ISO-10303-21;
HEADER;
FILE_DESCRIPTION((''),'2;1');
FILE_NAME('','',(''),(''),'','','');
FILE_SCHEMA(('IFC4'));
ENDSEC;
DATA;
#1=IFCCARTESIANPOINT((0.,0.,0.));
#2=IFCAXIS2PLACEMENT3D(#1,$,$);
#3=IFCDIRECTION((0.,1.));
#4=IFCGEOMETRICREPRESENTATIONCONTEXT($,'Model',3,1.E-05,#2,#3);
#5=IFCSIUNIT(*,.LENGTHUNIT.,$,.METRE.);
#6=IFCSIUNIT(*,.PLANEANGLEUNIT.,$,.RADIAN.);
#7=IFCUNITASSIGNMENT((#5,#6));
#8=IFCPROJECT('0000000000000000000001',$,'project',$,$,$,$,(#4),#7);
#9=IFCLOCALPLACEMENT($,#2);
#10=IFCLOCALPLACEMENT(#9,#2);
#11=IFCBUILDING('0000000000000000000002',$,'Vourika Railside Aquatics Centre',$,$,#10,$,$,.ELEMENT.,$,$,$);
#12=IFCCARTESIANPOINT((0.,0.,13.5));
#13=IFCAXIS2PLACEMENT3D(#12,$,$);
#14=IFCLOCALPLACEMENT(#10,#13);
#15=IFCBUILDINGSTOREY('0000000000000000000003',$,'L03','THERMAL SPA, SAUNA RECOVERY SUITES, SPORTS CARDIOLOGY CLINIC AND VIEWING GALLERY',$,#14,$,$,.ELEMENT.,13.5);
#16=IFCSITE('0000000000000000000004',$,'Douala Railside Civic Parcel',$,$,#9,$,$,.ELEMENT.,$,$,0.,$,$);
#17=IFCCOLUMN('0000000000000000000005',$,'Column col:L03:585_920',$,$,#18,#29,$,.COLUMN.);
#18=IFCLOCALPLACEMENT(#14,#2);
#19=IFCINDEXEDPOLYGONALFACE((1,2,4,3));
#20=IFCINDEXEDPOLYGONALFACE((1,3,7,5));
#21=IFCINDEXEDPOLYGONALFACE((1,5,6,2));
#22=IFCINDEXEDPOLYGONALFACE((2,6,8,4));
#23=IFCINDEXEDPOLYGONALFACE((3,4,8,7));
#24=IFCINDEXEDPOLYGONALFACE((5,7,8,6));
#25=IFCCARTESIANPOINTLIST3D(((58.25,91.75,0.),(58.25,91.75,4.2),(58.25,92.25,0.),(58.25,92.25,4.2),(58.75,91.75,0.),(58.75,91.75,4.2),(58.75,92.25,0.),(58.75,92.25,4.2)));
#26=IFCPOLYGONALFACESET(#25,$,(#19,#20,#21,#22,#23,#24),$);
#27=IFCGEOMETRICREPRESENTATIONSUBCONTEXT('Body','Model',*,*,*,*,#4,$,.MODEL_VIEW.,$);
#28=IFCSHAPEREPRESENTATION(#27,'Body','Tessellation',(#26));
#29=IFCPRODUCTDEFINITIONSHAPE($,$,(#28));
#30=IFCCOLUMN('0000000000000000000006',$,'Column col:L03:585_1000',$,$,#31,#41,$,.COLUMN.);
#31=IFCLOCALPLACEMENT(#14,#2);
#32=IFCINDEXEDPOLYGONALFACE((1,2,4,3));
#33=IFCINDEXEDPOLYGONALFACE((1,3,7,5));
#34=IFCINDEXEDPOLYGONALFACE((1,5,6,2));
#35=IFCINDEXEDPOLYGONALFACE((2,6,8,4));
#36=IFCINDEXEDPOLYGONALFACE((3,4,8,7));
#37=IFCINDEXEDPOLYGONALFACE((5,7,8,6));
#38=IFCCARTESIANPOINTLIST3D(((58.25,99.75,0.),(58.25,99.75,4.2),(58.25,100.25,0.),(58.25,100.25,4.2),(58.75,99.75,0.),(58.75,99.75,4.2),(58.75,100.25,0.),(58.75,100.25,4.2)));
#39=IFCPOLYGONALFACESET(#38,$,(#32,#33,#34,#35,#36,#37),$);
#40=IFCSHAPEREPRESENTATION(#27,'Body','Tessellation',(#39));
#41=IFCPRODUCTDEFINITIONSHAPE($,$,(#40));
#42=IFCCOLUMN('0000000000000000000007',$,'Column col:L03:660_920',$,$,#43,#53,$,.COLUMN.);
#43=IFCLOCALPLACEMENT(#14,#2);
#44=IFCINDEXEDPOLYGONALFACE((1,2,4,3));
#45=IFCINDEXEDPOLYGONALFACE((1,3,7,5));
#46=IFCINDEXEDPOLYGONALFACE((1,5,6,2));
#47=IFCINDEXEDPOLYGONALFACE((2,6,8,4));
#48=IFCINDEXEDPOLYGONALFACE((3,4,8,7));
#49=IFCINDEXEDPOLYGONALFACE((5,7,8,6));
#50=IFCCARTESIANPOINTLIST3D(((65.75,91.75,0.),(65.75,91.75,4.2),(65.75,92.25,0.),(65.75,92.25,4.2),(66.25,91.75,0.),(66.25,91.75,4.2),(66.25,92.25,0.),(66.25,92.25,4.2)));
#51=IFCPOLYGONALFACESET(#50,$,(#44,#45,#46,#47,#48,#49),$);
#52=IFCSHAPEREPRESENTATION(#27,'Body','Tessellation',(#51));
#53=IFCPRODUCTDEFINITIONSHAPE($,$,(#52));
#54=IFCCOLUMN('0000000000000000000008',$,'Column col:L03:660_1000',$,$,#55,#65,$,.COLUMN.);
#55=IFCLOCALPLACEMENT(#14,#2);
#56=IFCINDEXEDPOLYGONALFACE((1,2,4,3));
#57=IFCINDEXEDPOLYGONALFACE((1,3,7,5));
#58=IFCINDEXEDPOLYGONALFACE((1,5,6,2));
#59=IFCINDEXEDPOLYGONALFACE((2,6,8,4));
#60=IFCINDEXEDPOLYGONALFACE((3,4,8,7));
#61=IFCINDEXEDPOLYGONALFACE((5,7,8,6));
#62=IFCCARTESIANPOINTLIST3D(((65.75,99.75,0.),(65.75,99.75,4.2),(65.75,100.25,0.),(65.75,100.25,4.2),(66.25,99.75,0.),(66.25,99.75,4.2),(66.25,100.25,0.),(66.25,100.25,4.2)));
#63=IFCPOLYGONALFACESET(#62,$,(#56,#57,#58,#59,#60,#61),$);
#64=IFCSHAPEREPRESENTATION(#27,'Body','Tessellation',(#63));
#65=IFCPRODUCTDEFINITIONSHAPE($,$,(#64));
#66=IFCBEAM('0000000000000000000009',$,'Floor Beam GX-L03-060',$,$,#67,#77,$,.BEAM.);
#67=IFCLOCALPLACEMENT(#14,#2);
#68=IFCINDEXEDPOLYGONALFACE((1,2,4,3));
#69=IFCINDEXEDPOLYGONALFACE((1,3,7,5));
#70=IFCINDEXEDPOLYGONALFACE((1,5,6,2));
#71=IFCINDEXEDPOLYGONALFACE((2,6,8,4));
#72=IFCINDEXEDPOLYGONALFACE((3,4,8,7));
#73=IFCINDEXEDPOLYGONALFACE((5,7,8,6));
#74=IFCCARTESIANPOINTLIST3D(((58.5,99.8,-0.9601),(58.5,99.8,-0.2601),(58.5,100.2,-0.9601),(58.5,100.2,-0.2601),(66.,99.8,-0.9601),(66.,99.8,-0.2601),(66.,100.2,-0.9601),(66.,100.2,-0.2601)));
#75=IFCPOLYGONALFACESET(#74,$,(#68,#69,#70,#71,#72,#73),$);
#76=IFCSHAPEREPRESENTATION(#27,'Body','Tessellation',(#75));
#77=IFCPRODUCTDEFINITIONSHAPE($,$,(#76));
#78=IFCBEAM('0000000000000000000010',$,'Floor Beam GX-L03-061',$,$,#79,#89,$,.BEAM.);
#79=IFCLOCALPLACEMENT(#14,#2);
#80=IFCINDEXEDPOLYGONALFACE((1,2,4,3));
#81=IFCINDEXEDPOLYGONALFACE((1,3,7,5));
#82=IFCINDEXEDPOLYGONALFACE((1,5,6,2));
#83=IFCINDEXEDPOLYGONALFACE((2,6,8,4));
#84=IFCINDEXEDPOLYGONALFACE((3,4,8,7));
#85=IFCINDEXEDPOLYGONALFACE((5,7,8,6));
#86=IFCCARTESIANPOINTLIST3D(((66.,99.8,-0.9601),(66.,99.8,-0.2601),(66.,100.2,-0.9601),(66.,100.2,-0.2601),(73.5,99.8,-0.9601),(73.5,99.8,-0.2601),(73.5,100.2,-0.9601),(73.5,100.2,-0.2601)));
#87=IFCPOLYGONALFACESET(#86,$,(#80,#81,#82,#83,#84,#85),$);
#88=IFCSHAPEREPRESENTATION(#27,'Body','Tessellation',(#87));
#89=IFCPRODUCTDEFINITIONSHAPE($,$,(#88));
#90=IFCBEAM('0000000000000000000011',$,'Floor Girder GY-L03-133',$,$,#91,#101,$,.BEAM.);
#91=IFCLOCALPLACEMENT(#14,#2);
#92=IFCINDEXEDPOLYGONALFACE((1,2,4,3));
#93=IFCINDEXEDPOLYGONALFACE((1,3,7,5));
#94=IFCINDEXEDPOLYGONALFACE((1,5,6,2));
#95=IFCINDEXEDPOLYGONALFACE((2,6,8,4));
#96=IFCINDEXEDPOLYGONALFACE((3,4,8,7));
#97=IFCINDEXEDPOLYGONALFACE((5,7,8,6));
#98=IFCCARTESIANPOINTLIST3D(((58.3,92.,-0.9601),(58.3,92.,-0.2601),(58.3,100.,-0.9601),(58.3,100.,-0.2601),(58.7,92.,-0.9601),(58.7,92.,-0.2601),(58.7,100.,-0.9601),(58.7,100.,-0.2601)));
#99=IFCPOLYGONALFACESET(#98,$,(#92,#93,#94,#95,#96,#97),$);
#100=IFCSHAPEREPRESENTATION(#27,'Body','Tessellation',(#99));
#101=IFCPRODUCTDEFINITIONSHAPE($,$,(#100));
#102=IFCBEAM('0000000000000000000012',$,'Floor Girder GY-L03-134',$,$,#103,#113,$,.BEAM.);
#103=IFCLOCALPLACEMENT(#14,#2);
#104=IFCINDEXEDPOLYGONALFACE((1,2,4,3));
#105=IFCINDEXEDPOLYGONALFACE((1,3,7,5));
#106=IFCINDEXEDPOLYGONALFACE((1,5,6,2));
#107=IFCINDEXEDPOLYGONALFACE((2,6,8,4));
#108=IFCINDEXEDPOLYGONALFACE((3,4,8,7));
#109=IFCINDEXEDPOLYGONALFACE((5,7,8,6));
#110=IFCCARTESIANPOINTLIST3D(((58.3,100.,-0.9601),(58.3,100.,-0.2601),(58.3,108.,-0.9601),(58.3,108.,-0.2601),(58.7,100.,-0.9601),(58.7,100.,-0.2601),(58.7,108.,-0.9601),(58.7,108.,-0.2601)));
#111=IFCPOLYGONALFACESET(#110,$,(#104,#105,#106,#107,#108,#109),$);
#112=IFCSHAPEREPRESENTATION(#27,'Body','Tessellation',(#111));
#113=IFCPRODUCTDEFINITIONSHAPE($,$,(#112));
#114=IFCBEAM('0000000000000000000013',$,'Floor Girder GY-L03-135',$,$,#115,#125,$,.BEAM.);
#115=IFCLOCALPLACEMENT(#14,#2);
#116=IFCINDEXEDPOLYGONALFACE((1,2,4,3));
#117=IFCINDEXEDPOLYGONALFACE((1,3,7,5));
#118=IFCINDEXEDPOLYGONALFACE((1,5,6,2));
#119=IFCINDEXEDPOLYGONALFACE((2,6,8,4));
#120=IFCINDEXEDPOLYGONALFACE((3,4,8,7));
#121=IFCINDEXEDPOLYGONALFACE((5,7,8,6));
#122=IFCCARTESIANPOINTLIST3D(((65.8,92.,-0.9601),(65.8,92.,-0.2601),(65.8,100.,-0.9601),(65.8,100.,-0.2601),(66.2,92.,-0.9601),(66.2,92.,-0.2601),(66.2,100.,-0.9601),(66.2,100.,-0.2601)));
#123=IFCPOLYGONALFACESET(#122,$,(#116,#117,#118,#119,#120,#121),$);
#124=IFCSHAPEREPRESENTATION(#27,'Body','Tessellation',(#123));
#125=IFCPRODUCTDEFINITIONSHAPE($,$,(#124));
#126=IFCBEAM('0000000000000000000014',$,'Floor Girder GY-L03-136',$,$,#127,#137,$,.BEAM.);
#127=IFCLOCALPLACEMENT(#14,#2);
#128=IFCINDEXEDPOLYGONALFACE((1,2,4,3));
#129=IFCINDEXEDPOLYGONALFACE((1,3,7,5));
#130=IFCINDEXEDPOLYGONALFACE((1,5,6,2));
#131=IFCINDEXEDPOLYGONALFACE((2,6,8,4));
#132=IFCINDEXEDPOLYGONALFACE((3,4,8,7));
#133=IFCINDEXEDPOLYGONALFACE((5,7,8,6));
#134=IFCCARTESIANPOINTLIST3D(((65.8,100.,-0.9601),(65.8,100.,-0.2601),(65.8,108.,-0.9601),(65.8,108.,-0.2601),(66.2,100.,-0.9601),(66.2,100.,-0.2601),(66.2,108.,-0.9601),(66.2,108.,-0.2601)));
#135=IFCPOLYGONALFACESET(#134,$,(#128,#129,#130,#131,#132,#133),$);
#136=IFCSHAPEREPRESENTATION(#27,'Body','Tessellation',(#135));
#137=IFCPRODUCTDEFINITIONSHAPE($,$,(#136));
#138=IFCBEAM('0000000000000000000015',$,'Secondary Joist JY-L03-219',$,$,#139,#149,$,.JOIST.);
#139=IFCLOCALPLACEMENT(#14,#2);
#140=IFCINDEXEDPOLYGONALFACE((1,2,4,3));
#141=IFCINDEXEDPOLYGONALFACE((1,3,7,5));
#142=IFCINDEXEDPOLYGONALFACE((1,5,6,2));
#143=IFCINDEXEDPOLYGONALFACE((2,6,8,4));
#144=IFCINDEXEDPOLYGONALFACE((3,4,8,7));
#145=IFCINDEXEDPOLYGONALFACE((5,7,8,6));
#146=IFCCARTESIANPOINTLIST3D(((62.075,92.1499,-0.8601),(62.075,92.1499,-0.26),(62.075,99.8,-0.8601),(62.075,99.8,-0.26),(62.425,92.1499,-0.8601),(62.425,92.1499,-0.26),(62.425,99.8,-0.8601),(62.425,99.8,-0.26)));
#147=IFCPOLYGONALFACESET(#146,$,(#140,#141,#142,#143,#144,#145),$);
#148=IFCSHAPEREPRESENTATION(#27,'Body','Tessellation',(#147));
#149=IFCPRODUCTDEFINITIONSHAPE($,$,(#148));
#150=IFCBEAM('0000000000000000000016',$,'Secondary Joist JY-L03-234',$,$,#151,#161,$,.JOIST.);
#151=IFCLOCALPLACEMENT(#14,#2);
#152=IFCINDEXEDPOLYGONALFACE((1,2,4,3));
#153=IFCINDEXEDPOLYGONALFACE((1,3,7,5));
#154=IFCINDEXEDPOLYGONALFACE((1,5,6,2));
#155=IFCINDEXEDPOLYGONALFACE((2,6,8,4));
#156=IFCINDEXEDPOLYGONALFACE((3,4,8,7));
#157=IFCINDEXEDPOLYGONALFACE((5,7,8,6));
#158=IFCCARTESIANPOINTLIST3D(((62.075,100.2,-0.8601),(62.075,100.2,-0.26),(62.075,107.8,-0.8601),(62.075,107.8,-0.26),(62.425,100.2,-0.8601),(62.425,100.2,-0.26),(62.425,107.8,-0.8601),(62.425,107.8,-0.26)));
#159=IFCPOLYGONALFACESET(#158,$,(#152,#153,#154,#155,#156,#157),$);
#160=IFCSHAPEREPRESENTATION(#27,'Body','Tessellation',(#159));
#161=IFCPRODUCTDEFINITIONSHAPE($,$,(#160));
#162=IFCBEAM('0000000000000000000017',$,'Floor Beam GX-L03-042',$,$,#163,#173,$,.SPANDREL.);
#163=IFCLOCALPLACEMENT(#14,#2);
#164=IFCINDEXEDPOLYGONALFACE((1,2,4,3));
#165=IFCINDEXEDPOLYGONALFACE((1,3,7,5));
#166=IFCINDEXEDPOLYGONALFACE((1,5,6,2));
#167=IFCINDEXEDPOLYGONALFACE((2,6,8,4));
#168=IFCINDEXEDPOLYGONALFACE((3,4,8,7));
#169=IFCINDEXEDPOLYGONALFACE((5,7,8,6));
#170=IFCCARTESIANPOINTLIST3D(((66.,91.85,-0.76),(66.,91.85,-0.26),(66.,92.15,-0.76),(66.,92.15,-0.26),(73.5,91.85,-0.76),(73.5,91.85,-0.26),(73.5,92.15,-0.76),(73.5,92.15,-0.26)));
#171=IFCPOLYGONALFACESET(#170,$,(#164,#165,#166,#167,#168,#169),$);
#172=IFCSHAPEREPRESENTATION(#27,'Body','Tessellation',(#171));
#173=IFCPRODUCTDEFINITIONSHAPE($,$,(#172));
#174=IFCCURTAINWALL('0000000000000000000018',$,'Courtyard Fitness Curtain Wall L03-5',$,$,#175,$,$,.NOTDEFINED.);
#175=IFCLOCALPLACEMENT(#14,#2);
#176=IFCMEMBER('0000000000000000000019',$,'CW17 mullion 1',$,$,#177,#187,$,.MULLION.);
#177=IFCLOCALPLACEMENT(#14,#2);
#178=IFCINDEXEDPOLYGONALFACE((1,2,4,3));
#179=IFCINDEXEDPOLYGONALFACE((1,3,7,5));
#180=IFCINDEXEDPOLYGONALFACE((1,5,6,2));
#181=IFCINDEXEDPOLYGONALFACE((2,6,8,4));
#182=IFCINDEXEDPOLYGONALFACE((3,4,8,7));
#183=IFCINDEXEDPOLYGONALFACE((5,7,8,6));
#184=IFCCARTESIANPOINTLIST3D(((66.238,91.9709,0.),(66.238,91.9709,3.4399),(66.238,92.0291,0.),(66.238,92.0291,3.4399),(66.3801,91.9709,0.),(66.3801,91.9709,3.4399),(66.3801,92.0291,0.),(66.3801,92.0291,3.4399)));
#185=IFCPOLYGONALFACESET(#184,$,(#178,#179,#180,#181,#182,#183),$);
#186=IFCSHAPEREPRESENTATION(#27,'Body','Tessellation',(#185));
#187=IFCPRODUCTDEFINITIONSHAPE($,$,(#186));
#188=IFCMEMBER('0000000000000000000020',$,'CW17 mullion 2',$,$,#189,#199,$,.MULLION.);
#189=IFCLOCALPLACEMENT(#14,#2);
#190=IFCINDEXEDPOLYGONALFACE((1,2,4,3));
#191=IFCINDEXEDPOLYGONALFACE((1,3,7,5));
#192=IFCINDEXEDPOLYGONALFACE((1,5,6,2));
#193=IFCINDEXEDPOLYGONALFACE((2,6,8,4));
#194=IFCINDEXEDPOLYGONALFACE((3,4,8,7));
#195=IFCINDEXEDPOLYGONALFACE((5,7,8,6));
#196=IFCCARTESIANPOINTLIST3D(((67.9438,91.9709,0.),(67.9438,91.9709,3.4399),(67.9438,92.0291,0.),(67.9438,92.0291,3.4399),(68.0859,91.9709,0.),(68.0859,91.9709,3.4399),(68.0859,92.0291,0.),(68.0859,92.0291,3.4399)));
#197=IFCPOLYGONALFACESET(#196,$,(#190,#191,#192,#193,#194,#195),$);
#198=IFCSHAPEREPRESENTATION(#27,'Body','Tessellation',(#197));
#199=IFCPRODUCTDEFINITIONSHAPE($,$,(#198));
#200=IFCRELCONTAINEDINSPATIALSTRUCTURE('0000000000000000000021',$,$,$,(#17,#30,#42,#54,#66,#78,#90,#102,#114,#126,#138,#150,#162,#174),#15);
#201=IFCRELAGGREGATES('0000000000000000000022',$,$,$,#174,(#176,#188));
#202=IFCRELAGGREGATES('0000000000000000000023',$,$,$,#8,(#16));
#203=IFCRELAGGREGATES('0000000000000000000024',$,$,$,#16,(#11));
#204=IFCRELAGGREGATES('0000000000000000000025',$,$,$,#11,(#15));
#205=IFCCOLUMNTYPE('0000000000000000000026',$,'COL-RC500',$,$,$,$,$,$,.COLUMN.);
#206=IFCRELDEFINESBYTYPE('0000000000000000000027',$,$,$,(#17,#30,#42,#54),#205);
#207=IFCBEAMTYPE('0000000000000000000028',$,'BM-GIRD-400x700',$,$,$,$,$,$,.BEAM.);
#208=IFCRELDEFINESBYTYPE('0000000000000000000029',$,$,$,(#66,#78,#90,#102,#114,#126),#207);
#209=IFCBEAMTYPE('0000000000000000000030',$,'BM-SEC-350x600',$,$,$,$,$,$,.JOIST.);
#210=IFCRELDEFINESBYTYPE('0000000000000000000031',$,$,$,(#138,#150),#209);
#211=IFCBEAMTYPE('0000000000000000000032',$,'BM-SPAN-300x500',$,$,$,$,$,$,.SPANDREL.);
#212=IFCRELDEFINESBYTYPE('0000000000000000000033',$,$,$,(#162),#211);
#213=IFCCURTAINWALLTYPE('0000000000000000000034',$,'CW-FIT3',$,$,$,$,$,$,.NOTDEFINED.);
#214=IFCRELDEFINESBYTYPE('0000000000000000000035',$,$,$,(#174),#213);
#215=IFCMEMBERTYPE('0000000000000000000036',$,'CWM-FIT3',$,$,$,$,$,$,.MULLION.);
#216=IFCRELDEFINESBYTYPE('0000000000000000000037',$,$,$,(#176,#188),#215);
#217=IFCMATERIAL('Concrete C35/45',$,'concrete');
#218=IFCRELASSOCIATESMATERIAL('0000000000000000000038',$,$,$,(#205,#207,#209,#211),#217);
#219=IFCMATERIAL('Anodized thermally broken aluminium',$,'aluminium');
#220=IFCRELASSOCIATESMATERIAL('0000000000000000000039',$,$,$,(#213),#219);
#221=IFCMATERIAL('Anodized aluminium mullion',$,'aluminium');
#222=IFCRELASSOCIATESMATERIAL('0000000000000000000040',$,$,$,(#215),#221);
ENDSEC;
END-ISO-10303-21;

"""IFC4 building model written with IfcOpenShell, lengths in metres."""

from ifc_helpers import new_model, si_unit, direction, frame, origin, origin_2d, place, context, subcontext, project, spatial, rectangle, extrude, material, material_profile, profile_set, type_object, element, aggregate, save


model = new_model("IFC4")

# Units and contexts
model_context = context("Model", 3, precision=1e-05, world=origin(), true_north=direction((0.0, 1.0)))
body_context = subcontext(model_context, "Body", "Model", "MODEL_VIEW")
ifc_project = project(units=[si_unit("LENGTHUNIT", "METRE"), si_unit("PLANEANGLEUNIT", "RADIAN")], contexts=[model_context])

# Site, building, storey
site_placement = place(None, origin())
site = spatial("IfcSite", under=ifc_project, at=site_placement, Name="Douala Railside Civic Parcel", CompositionType="ELEMENT", RefElevation=0.0)
building_placement = place(site_placement, origin())
building = spatial("IfcBuilding", under=site, at=building_placement, Name="Vourika Railside Aquatics Centre", CompositionType="ELEMENT")
storey_placement = place(building_placement, frame((0.0, 0.0, 13.5)))
storey = spatial("IfcBuildingStorey", under=building, at=storey_placement, Name="L03", Description="THERMAL SPA, SAUNA RECOVERY SUITES, SPORTS CARDIOLOGY CLINIC AND VIEWING GALLERY", CompositionType="ELEMENT", Elevation=13.5)

# Columns
ifc_material_1 = material(Name="Concrete C35/45", Category="concrete")
ifc_material_profile_1 = material_profile(ifc_material_1, rectangle(XDim=0.5, YDim=0.5, at=origin_2d()), Name="RC 500x500")
ifc_profile_set_1 = profile_set([ifc_material_profile_1], Name="Concrete C35/45")
column_type = type_object("IfcColumnType", Name="COL-RC500", PredefinedType="COLUMN", material=ifc_profile_set_1)
for number, where, z_axis, x_axis, name in (
    (1, (58.5, 92.0, 0.0), (0.0, 0.0, 1.0), (1.0, 0.0, 0.0), "Column col:L03:585_920"),
    (2, (58.5, 100.0, 0.0), (0.0, 0.0, 1.0), (1.0, 0.0, 0.0), "Column col:L03:585_1000"),
    (3, (66.0, 92.0, 0.0), (0.0, 0.0, 1.0), (1.0, 0.0, 0.0), "Column col:L03:660_920"),
    (4, (66.0, 100.0, 0.0), (0.0, 0.0, 1.0), (1.0, 0.0, 0.0), "Column col:L03:660_1000"),
):
    element("IfcColumn", number, at=place(storey_placement, frame(where, z_axis=z_axis, x_axis=x_axis)), inside=storey, type_object=column_type, Name=name, PredefinedType="COLUMN", context=body_context, shape_type="SweptSolid", body=[
        extrude(rectangle(XDim=0.5, YDim=0.5, at=origin_2d()), origin(), (0.0, 0.0, 1.0), 4.2),
    ])

# Beams
ifc_material_profile_2 = material_profile(ifc_material_1, rectangle(XDim=0.3999, YDim=0.7, at=origin_2d()), Name="RC 400x700")
ifc_profile_set_2 = profile_set([ifc_material_profile_2], Name="Concrete C35/45")
beam_type_1 = type_object("IfcBeamType", Name="BM-GIRD-400x700", PredefinedType="BEAM", material=ifc_profile_set_2)
for number, where, z_axis, x_axis, name in (
    (5, (58.5, 100.0, -0.6101), (1.0, 0.0, 0.0), (0.0, 1.0, 0.0), "Floor Beam GX-L03-060"),
    (6, (66.0, 100.0, -0.6101), (1.0, 0.0, 0.0), (0.0, 1.0, 0.0), "Floor Beam GX-L03-061"),
):
    element("IfcBeam", number, at=place(storey_placement, frame(where, z_axis=z_axis, x_axis=x_axis)), inside=storey, type_object=beam_type_1, Name=name, PredefinedType="BEAM", context=body_context, shape_type="SweptSolid", body=[
        extrude(rectangle(XDim=0.3999, YDim=0.7, at=origin_2d()), origin(), (0.0, 0.0, 1.0), 7.5),
    ])
for number, where, z_axis, x_axis, name in (
    (7, (58.5, 92.0, -0.6101), (0.0, 1.0, 0.0), (-1.0, 0.0, 0.0), "Floor Girder GY-L03-133"),
    (8, (58.5, 100.0, -0.6101), (0.0, 1.0, 0.0), (-1.0, 0.0, 0.0), "Floor Girder GY-L03-134"),
    (9, (66.0, 92.0, -0.6101), (0.0, 1.0, 0.0), (-1.0, 0.0, 0.0), "Floor Girder GY-L03-135"),
    (10, (66.0, 100.0, -0.6101), (0.0, 1.0, 0.0), (-1.0, 0.0, 0.0), "Floor Girder GY-L03-136"),
):
    element("IfcBeam", number, at=place(storey_placement, frame(where, z_axis=z_axis, x_axis=x_axis)), inside=storey, type_object=beam_type_1, Name=name, PredefinedType="BEAM", context=body_context, shape_type="SweptSolid", body=[
        extrude(rectangle(XDim=0.3999, YDim=0.7, at=origin_2d()), origin(), (0.0, 0.0, 1.0), 8.0),
    ])
ifc_material_profile_3 = material_profile(ifc_material_1, rectangle(XDim=0.3501, YDim=0.6001, at=origin_2d()), Name="RC 350x600")
ifc_profile_set_3 = profile_set([ifc_material_profile_3], Name="Concrete C35/45")
beam_type_2 = type_object("IfcBeamType", Name="BM-SEC-350x600", PredefinedType="JOIST", material=ifc_profile_set_3)
beam_1_placement = place(storey_placement, frame((62.25, 92.1499, -0.5601), z_axis=(0.0, 1.0, 0.0), x_axis=(-1.0, 0.0, 0.0)))
element("IfcBeam", 11, at=beam_1_placement, inside=storey, type_object=beam_type_2, Name="Secondary Joist JY-L03-219", PredefinedType="JOIST", context=body_context, shape_type="SweptSolid", body=[
    extrude(rectangle(XDim=0.3501, YDim=0.6001, at=origin_2d()), origin(), (0.0, 0.0, 1.0), 7.6501),
])
beam_2_placement = place(storey_placement, frame((62.25, 100.2, -0.5601), z_axis=(0.0, 1.0, 0.0), x_axis=(-1.0, 0.0, 0.0)))
element("IfcBeam", 12, at=beam_2_placement, inside=storey, type_object=beam_type_2, Name="Secondary Joist JY-L03-234", PredefinedType="JOIST", context=body_context, shape_type="SweptSolid", body=[
    extrude(rectangle(XDim=0.3501, YDim=0.6001, at=origin_2d()), origin(), (0.0, 0.0, 1.0), 7.6001),
])
ifc_material_profile_4 = material_profile(ifc_material_1, rectangle(XDim=0.3, YDim=0.5, at=origin_2d()), Name="RC 300x500")
ifc_profile_set_4 = profile_set([ifc_material_profile_4], Name="Concrete C35/45")
beam_type_3 = type_object("IfcBeamType", Name="BM-SPAN-300x500", PredefinedType="SPANDREL", material=ifc_profile_set_4)
beam_3_placement = place(storey_placement, frame((66.0, 92.0, -0.51), z_axis=(1.0, 0.0, 0.0), x_axis=(0.0, 1.0, 0.0)))
element("IfcBeam", 13, at=beam_3_placement, inside=storey, type_object=beam_type_3, Name="Floor Beam GX-L03-042", PredefinedType="SPANDREL", context=body_context, shape_type="SweptSolid", body=[
    extrude(rectangle(XDim=0.3, YDim=0.5, at=origin_2d()), origin(), (0.0, 0.0, 1.0), 7.5),
])

# Curtain wall, members
ifc_material_2 = material(Name="Anodized thermally broken aluminium", Category="aluminium")
curtain_wall_type = type_object("IfcCurtainWallType", Name="CW-FIT3", PredefinedType="NOTDEFINED", material=ifc_material_2)
curtain_wall_placement = place(storey_placement, origin())
curtain_wall = element("IfcCurtainWall", 14, at=curtain_wall_placement, inside=storey, type_object=curtain_wall_type, Name="Courtyard Fitness Curtain Wall L03-5", PredefinedType="NOTDEFINED")
ifc_material_3 = material(Name="Anodized aluminium mullion", Category="aluminium")
ifc_material_profile_5 = material_profile(ifc_material_3, rectangle(XDim=0.0581, YDim=0.1421, at=origin_2d()), Name="ALU-M 58x142")
ifc_profile_set_5 = profile_set([ifc_material_profile_5], Name="Anodized aluminium mullion")
member_type_1 = type_object("IfcMemberType", Name="CWM-FIT3", PredefinedType="MULLION", material=ifc_profile_set_5)
member_1_placement = place(storey_placement, frame((66.3091, 92.0, 0.0), z_axis=(0.0, 0.0, 1.0), x_axis=(0.0, 1.0, 0.0)))
member_1 = element("IfcMember", 15, at=member_1_placement, type_object=member_type_1, Name="CW17 mullion 1", PredefinedType="MULLION", context=body_context, shape_type="SweptSolid", body=[
    extrude(rectangle(XDim=0.0581, YDim=0.1421, at=origin_2d()), origin(), (0.0, 0.0, 1.0), 3.4399),
])
member_2_placement = place(storey_placement, frame((68.0149, 92.0, 0.0), z_axis=(0.0, 0.0, 1.0), x_axis=(0.0, 1.0, 0.0)))
member_2 = element("IfcMember", 16, at=member_2_placement, type_object=member_type_1, Name="CW17 mullion 2", PredefinedType="MULLION", context=body_context, shape_type="SweptSolid", body=[
    extrude(rectangle(XDim=0.0581, YDim=0.1421, at=origin_2d()), origin(), (0.0, 0.0, 1.0), 3.4399),
])
aggregate(curtain_wall, [member_1, member_2])

save(model, "model.ifc")
